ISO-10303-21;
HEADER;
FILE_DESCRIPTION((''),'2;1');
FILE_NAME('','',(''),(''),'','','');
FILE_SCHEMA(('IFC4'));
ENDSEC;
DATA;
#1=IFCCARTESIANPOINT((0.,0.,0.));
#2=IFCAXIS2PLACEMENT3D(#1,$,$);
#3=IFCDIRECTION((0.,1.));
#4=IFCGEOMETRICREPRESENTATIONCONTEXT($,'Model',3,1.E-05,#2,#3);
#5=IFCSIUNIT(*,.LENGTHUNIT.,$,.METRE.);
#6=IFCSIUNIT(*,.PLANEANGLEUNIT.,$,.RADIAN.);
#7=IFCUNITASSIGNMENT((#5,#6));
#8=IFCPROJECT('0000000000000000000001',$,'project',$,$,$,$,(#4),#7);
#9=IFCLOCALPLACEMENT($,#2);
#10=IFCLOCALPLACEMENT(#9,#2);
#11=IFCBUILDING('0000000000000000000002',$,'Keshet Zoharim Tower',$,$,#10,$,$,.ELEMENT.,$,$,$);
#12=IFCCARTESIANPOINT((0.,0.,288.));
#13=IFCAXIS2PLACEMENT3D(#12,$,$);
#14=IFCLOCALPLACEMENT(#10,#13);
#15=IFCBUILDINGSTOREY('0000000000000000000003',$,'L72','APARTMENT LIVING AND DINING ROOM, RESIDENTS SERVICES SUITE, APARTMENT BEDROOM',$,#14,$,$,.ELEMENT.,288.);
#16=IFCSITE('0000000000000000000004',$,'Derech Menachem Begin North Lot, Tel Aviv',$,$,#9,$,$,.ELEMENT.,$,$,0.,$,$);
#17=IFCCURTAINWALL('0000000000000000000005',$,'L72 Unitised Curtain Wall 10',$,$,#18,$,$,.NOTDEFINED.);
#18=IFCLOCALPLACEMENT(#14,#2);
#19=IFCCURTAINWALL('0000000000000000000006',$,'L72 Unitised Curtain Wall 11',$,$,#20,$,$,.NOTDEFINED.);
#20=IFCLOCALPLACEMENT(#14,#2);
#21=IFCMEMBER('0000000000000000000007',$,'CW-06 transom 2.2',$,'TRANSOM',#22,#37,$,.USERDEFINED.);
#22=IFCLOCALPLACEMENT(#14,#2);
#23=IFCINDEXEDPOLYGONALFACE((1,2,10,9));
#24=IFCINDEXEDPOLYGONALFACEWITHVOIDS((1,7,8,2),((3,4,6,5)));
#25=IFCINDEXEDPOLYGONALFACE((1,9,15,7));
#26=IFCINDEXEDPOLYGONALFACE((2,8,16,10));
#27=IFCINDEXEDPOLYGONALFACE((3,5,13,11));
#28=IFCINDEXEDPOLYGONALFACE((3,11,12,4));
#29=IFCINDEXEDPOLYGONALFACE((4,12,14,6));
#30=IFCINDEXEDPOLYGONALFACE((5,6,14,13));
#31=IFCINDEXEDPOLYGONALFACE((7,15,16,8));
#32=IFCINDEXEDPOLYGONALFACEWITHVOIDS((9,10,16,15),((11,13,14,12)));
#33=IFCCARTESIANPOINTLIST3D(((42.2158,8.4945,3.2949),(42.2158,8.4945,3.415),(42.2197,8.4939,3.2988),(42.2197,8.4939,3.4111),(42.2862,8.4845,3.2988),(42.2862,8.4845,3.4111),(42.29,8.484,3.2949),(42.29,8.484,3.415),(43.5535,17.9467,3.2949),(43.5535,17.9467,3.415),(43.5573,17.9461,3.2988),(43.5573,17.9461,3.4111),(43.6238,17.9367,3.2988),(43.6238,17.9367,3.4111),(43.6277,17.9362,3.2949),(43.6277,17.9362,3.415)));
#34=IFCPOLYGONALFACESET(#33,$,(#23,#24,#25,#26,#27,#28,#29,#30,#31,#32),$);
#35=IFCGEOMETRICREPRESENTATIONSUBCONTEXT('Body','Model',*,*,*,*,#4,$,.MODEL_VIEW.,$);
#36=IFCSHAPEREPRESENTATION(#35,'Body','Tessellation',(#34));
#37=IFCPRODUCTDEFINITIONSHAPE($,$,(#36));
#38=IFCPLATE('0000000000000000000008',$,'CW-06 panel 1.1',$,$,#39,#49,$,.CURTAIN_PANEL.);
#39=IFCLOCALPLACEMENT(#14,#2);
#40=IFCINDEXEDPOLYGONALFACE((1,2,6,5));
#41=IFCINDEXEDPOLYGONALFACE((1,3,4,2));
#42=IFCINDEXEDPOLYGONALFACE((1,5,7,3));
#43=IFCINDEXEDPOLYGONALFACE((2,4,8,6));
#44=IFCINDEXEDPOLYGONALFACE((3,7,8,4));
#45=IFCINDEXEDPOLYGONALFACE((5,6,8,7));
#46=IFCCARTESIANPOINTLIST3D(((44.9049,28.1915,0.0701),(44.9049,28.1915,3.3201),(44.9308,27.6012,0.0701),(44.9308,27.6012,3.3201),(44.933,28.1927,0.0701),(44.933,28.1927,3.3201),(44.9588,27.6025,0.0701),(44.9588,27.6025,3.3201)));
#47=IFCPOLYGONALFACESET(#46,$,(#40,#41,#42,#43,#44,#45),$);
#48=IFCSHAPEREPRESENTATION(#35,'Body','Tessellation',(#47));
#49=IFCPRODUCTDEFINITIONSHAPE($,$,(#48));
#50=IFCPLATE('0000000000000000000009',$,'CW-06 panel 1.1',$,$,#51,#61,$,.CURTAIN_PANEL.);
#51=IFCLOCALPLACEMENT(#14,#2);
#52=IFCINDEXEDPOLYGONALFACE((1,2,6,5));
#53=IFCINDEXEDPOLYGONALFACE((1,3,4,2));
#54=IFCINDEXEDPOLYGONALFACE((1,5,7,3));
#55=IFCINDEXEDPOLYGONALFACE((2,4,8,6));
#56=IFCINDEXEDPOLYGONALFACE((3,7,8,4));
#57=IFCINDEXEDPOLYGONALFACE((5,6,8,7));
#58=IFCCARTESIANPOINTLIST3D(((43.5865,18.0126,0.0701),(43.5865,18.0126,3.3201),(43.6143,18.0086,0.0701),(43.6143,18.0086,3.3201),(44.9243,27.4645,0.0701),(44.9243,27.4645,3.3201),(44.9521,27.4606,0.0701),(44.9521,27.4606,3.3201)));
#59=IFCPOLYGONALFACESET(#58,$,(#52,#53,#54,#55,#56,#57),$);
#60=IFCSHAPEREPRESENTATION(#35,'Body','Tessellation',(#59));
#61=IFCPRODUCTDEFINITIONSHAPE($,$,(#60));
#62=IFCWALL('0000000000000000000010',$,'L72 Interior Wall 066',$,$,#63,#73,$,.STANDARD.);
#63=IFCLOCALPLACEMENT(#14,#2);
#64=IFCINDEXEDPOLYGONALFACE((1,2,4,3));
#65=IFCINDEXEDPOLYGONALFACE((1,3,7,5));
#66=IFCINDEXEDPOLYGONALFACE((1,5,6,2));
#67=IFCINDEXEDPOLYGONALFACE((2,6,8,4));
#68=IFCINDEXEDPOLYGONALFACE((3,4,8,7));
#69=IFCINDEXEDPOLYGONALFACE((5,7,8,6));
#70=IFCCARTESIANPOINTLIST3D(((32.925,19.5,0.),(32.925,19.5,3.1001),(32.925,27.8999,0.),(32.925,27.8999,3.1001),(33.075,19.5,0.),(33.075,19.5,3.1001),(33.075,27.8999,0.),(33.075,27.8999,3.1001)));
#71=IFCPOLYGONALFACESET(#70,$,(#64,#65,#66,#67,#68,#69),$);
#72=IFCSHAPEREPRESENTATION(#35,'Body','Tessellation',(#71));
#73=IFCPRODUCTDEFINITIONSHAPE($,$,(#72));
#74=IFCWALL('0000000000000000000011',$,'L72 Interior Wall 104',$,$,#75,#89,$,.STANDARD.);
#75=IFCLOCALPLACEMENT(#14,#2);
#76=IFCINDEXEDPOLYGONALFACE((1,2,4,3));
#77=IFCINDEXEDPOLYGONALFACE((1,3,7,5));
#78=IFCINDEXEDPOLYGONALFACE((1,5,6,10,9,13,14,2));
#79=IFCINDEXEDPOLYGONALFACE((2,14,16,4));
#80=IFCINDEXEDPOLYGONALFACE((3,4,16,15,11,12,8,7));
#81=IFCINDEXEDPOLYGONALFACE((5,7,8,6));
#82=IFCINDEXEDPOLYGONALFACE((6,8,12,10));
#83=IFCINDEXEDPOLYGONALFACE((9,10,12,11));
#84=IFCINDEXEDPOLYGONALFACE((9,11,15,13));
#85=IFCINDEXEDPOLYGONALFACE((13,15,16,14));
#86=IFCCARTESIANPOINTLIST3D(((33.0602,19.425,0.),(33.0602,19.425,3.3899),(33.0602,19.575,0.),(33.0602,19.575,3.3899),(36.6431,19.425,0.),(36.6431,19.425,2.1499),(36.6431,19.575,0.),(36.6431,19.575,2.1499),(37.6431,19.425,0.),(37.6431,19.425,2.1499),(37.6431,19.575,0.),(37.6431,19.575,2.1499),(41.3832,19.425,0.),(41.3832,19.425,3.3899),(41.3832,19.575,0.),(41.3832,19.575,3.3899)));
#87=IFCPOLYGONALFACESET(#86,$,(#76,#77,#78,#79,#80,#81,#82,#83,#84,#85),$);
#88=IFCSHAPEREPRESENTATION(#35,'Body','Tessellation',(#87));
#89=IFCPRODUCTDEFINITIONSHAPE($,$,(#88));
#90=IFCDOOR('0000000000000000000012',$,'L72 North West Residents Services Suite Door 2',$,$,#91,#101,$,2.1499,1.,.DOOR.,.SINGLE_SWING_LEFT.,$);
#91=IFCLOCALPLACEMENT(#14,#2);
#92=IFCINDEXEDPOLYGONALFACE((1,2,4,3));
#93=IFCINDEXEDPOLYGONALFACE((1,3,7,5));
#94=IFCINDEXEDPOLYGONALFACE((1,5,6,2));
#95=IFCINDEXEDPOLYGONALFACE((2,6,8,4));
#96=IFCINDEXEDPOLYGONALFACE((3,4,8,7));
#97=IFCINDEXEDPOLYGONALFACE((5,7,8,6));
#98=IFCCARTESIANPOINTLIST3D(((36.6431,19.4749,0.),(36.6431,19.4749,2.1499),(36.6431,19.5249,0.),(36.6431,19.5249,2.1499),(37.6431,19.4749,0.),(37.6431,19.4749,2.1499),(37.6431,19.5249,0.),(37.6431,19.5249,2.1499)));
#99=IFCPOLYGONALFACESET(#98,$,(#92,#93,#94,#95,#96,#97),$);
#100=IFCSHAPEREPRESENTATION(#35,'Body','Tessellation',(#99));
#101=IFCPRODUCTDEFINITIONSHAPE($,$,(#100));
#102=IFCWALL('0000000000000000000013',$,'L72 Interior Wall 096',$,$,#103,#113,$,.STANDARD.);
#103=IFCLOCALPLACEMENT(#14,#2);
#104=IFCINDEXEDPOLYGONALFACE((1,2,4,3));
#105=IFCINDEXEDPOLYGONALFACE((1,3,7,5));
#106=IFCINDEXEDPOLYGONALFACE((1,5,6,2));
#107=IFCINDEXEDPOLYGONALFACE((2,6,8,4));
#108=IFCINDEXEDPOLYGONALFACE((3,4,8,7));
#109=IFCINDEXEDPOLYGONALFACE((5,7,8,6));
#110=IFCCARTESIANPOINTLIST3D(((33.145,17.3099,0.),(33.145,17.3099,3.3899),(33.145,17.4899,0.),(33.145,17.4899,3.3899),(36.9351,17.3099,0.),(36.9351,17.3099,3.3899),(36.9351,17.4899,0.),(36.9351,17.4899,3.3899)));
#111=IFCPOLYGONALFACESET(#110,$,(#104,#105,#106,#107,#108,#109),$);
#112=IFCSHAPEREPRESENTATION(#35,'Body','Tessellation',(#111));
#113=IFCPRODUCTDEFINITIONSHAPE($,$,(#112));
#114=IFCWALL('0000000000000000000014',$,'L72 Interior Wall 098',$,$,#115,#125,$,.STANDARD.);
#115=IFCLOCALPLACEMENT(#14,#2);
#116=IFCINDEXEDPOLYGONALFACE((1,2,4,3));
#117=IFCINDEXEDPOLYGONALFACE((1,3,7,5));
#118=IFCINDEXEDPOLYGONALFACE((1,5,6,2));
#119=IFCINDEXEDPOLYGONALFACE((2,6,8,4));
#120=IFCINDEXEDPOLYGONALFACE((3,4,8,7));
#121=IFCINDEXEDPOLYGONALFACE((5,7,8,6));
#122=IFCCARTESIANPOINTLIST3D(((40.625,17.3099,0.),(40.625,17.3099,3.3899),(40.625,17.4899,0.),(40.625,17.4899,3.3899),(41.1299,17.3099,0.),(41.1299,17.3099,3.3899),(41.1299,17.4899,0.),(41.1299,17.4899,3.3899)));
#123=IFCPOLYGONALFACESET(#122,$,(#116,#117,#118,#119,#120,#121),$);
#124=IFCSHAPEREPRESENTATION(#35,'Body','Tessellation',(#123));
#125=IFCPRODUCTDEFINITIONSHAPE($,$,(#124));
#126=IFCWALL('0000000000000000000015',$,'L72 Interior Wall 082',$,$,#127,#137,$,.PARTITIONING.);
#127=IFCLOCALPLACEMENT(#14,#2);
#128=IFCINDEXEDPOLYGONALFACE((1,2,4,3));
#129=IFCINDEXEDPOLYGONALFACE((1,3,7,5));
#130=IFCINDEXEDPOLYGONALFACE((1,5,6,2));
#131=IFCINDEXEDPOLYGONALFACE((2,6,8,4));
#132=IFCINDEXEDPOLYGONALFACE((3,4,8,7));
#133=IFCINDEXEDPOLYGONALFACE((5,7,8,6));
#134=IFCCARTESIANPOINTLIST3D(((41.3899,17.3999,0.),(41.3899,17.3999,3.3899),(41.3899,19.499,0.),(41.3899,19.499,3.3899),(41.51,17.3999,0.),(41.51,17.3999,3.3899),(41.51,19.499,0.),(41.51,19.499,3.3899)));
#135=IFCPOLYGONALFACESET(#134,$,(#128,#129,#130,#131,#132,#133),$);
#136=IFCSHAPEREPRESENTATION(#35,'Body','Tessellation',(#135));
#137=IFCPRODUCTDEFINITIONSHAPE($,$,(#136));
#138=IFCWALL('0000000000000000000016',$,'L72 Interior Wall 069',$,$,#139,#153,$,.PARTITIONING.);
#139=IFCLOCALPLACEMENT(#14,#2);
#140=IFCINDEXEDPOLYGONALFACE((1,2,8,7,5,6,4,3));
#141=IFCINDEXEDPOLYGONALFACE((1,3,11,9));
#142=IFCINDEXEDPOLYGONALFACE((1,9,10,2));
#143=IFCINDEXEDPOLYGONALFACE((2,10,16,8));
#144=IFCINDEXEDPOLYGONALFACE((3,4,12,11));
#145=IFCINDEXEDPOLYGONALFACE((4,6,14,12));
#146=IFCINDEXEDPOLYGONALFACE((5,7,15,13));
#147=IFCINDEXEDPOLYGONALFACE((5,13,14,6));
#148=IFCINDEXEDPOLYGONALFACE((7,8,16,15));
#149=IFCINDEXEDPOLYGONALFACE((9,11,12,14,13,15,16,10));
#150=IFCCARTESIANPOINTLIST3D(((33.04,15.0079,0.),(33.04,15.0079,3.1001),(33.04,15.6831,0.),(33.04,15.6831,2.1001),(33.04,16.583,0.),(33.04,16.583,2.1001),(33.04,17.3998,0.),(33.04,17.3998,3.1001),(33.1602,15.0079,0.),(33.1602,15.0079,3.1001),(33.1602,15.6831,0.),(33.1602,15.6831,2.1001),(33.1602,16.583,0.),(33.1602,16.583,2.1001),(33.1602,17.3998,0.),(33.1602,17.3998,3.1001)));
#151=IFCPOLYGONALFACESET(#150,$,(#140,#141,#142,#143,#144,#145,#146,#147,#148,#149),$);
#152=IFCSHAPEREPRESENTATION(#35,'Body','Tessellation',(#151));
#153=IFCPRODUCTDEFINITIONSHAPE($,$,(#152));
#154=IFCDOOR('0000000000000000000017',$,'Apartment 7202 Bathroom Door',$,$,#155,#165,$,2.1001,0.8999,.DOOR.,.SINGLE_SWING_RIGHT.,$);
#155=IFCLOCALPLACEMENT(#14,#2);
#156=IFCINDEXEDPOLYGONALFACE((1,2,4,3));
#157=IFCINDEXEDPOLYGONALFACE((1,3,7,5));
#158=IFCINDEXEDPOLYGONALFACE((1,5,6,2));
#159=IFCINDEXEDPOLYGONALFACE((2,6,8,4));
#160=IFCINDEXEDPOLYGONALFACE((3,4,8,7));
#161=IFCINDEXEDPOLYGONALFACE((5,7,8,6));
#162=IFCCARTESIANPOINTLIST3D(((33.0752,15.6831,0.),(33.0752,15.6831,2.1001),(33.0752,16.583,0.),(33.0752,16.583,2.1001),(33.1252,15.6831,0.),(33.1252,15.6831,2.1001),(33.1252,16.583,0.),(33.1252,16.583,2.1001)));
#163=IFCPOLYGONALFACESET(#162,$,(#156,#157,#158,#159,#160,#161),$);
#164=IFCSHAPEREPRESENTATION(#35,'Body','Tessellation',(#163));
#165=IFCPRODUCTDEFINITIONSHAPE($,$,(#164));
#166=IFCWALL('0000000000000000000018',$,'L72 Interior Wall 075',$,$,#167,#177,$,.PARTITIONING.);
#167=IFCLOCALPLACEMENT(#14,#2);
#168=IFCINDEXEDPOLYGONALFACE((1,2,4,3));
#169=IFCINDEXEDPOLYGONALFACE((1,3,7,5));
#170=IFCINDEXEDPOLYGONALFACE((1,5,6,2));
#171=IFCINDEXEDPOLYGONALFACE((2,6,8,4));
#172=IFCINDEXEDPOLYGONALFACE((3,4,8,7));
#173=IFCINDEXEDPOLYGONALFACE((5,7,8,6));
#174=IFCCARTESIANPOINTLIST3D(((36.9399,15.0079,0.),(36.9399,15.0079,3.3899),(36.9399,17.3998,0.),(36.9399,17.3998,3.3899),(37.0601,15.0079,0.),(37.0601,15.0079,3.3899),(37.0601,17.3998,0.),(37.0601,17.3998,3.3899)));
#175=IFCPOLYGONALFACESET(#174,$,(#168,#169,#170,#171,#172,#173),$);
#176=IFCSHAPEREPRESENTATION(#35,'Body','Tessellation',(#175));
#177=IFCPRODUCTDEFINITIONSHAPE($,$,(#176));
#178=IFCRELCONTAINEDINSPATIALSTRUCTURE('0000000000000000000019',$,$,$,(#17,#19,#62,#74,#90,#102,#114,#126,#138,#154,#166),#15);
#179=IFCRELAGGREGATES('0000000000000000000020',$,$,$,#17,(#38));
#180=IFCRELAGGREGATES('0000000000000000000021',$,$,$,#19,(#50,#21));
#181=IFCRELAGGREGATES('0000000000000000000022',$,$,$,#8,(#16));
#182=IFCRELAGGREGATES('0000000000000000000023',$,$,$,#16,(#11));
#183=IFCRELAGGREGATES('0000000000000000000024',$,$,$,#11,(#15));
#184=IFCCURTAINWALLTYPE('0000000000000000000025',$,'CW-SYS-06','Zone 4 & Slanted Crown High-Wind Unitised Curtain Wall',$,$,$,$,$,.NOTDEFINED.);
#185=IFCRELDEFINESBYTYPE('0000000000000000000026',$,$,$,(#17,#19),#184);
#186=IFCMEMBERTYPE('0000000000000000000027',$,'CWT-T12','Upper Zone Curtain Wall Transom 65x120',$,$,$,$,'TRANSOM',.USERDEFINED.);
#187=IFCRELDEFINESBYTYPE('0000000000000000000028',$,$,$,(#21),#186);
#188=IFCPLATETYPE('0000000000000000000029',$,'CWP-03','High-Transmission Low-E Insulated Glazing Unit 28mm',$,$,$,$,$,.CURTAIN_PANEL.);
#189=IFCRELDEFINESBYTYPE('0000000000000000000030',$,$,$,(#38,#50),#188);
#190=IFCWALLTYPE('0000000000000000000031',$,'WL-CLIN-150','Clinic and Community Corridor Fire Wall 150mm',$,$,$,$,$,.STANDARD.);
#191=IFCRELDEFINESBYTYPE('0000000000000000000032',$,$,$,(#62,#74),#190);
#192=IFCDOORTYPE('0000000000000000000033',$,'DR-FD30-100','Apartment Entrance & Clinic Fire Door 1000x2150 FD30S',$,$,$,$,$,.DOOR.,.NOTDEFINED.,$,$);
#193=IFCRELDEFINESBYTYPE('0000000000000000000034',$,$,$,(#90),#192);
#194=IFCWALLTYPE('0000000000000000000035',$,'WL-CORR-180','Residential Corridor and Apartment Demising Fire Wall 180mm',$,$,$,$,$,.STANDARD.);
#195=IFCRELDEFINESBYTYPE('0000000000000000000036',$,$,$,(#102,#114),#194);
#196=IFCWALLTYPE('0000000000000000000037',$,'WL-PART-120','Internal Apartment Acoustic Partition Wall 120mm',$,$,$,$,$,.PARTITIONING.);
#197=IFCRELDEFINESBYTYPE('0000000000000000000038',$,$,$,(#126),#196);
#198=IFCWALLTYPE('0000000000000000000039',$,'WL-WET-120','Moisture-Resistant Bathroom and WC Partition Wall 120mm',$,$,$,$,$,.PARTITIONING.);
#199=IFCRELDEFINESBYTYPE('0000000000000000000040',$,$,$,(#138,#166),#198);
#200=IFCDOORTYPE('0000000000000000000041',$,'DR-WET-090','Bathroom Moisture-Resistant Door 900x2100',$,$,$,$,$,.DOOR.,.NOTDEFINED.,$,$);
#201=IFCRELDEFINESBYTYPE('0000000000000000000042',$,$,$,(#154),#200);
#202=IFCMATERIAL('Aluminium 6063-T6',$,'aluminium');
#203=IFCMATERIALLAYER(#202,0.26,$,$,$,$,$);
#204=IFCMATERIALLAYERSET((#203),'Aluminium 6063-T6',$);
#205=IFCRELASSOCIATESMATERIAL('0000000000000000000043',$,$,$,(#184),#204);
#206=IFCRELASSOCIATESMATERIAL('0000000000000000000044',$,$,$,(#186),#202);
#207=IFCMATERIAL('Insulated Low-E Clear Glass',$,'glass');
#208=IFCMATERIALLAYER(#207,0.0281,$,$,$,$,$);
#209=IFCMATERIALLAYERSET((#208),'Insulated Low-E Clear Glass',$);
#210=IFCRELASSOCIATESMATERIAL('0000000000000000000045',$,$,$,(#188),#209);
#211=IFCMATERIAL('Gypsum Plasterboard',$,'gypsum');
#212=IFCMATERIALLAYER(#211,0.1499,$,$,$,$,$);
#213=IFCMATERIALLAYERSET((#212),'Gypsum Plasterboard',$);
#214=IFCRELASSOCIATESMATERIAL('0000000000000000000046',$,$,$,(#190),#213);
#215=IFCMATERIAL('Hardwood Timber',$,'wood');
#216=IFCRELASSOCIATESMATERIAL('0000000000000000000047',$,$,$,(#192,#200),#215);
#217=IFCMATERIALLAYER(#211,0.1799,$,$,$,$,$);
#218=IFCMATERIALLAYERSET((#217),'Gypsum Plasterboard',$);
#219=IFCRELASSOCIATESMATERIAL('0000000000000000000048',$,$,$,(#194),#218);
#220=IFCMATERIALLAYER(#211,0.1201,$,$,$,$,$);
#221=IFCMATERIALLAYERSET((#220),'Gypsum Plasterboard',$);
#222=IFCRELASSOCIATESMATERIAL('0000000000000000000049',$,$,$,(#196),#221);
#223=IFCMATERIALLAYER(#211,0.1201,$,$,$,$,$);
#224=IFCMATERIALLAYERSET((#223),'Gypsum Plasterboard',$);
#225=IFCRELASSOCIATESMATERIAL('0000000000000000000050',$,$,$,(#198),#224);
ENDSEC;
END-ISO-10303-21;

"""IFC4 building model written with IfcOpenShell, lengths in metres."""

from ifc_helpers import new_model, si_unit, direction, frame, frame_2d, origin, origin_2d, place, context, subcontext, project, spatial, rectangle, hollow_rectangle, extrude, material, layer, layer_set, material_profile, profile_set, type_object, element, fill, aggregate, save


model = new_model("IFC4")

# Units and contexts
model_context = context("Model", 3, precision=1e-05, world=origin(), true_north=direction((0.0, 1.0)))
body_context = subcontext(model_context, "Body", "Model", "MODEL_VIEW")
ifc_project = project(units=[si_unit("LENGTHUNIT", "METRE"), si_unit("PLANEANGLEUNIT", "RADIAN")], contexts=[model_context])

# Site, building, storey
site_placement = place(None, origin())
site = spatial("IfcSite", under=ifc_project, at=site_placement, Name="Derech Menachem Begin North Lot, Tel Aviv", CompositionType="ELEMENT", RefElevation=0.0)
building_placement = place(site_placement, origin())
building = spatial("IfcBuilding", under=site, at=building_placement, Name="Keshet Zoharim Tower", CompositionType="ELEMENT")
storey_placement = place(building_placement, frame((0.0, 0.0, 288.0)))
storey = spatial("IfcBuildingStorey", under=building, at=storey_placement, Name="L72", Description="APARTMENT LIVING AND DINING ROOM, RESIDENTS SERVICES SUITE, APARTMENT BEDROOM", CompositionType="ELEMENT", Elevation=288.0)

# Curtain wall
ifc_material_1 = material(Name="Aluminium 6063-T6", Category="aluminium")
ifc_layer_1 = layer(ifc_material_1, 0.26)
ifc_layer_set_1 = layer_set([ifc_layer_1], Name="Aluminium 6063-T6")
curtain_wall_type = type_object("IfcCurtainWallType", Name="CW-SYS-06", Description="Zone 4 & Slanted Crown High-Wind Unitised Curtain Wall", PredefinedType="NOTDEFINED", material=ifc_layer_set_1)
curtain_wall_1_placement = place(storey_placement, origin())
curtain_wall_1 = element("IfcCurtainWall", 1, at=curtain_wall_1_placement, inside=storey, type_object=curtain_wall_type, Name="L72 Unitised Curtain Wall 10", PredefinedType="NOTDEFINED")

# Curtain wall, member
curtain_wall_2_placement = place(storey_placement, origin())
curtain_wall_2 = element("IfcCurtainWall", 2, at=curtain_wall_2_placement, inside=storey, type_object=curtain_wall_type, Name="L72 Unitised Curtain Wall 11", PredefinedType="NOTDEFINED")
ifc_material_profile_1 = material_profile(ifc_material_1, hollow_rectangle(XDim=0.075, YDim=0.1201, WallThickness=0.0039, at=origin_2d()), Name="TRN-75x120")
ifc_profile_set_1 = profile_set([ifc_material_profile_1], Name="Aluminium 6063-T6")
member_type_1 = type_object("IfcMemberType", Name="CWT-T12", Description="Upper Zone Curtain Wall Transom 65x120", ElementType="TRANSOM", PredefinedType="USERDEFINED", material=ifc_profile_set_1)
member_1_placement = place(storey_placement, frame((43.5906, 17.9414, 3.355), z_axis=(-0.140122, -0.990134, 0.0), x_axis=(0.990134, -0.140122, 0.0)))
member_1 = element("IfcMember", 3, at=member_1_placement, type_object=member_type_1, Name="CW-06 transom 2.2", ObjectType="TRANSOM", PredefinedType="USERDEFINED", context=body_context, shape_type="SweptSolid", body=[
    extrude(hollow_rectangle(XDim=0.075, YDim=0.1201, WallThickness=0.0039, at=origin_2d()), origin(), (0.0, 0.0, 1.0), 9.5464),
])

# Plates
ifc_material_2 = material(Name="Insulated Low-E Clear Glass", Category="glass")
ifc_layer_2 = layer(ifc_material_2, 0.0281)
ifc_layer_set_2 = layer_set([ifc_layer_2], Name="Insulated Low-E Clear Glass")
plate_type = type_object("IfcPlateType", Name="CWP-03", Description="High-Transmission Low-E Insulated Glazing Unit 28mm", PredefinedType="CURTAIN_PANEL", material=ifc_layer_set_2)
plate_1_placement = place(storey_placement, frame((44.9319, 27.897, 0.0701), z_axis=(0.0, 0.0, 1.0), x_axis=(0.043794, -0.999041, 0.0)))
plate_1 = element("IfcPlate", 4, at=plate_1_placement, type_object=plate_type, Name="CW-06 panel 1.1", PredefinedType="CURTAIN_PANEL", context=body_context, shape_type="SweptSolid", body=[
    extrude(rectangle(XDim=0.5908, YDim=0.0281, at=origin_2d()), origin(), (0.0, 0.0, 1.0), 3.25),
])
aggregate(curtain_wall_1, [plate_1])
plate_2_placement = place(storey_placement, frame((44.2693, 22.7366, 0.0701), z_axis=(0.0, 0.0, 1.0), x_axis=(-0.140137, -0.990132, 0.0)))
plate_2 = element("IfcPlate", 5, at=plate_2_placement, type_object=plate_type, Name="CW-06 panel 1.1", PredefinedType="CURTAIN_PANEL", context=body_context, shape_type="SweptSolid", body=[
    extrude(rectangle(XDim=9.5461, YDim=0.0281, at=origin_2d()), origin(), (0.0, 0.0, 1.0), 3.25),
])
aggregate(curtain_wall_2, [plate_2, member_1])

# Wall
ifc_material_3 = material(Name="Gypsum Plasterboard", Category="gypsum")
ifc_layer_3 = layer(ifc_material_3, 0.1499)
ifc_layer_set_3 = layer_set([ifc_layer_3], Name="Gypsum Plasterboard")
wall_type_1 = type_object("IfcWallType", Name="WL-CLIN-150", Description="Clinic and Community Corridor Fire Wall 150mm", PredefinedType="STANDARD", material=ifc_layer_set_3)
wall_1_placement = place(storey_placement, frame((33.0, 19.5, 0.0), z_axis=(0.0, 0.0, 1.0), x_axis=(0.0, 1.0, 0.0)))
element("IfcWall", 6, at=wall_1_placement, inside=storey, type_object=wall_type_1, Name="L72 Interior Wall 066", PredefinedType="STANDARD", context=body_context, shape_type="SweptSolid", body=[
    extrude(rectangle(XDim=8.3999, YDim=0.1499, at=frame_2d((4.2, 0.0))), origin(), (0.0, 0.0, 1.0), 3.1001),
])

# Wall, opening, door
wall_2_placement = place(storey_placement, frame((33.0601, 19.5, 0.0), z_axis=(0.0, 0.0, 1.0), x_axis=(1.0, 0.0, 0.0)))
wall_2 = element("IfcWall", 7, at=wall_2_placement, inside=storey, type_object=wall_type_1, Name="L72 Interior Wall 104", PredefinedType="STANDARD", context=body_context, shape_type="SweptSolid", body=[
    extrude(rectangle(XDim=8.323, YDim=0.1499, at=frame_2d((4.1616, 0.0))), origin(), (0.0, 0.0, 1.0), 3.3899),
])
opening_1_placement = place(wall_2_placement, frame((3.583, 0.0, 0.0)))
opening_1 = element("IfcOpeningElement", 8, at=opening_1_placement, cuts=wall_2, PredefinedType="OPENING", context=body_context, shape_type="SweptSolid", body=[
    extrude(rectangle(XDim=1.0, YDim=2.1499, at=frame_2d((0.5, 1.075))), frame((0.0, 0.085, 0.0), z_axis=(0.0, -1.0, 0.0), x_axis=(1.0, 0.0, 0.0)), (0.0, 0.0, 1.0), 0.1699),
])
ifc_material_4 = material(Name="Hardwood Timber", Category="wood")
door_type_1 = type_object("IfcDoorType", Name="DR-FD30-100", Description="Apartment Entrance & Clinic Fire Door 1000x2150 FD30S", OperationType="NOTDEFINED", PredefinedType="DOOR", material=ifc_material_4)
door_1_placement = place(opening_1_placement, origin())
door_1 = element("IfcDoor", 9, at=door_1_placement, inside=storey, type_object=door_type_1, Name="L72 North West Residents Services Suite Door 2", OperationType="SINGLE_SWING_LEFT", OverallHeight=2.1499, OverallWidth=1.0, PredefinedType="DOOR", context=body_context, shape_type="SweptSolid", body=[
    extrude(rectangle(XDim=1.0, YDim=2.1499, at=frame_2d((0.5, 1.075))), frame((0.0, 0.0249, 0.0), z_axis=(0.0, -1.0, 0.0), x_axis=(1.0, 0.0, 0.0)), (0.0, 0.0, 1.0), 0.05),
])
fill(opening_1, door_1)

# Wall
ifc_layer_4 = layer(ifc_material_3, 0.1799)
ifc_layer_set_4 = layer_set([ifc_layer_4], Name="Gypsum Plasterboard")
wall_type_2 = type_object("IfcWallType", Name="WL-CORR-180", Description="Residential Corridor and Apartment Demising Fire Wall 180mm", PredefinedType="STANDARD", material=ifc_layer_set_4)
wall_3_placement = place(storey_placement, frame((33.145, 17.3999, 0.0), z_axis=(0.0, 0.0, 1.0), x_axis=(1.0, 0.0, 0.0)))
element("IfcWall", 10, at=wall_3_placement, inside=storey, type_object=wall_type_2, Name="L72 Interior Wall 096", PredefinedType="STANDARD", context=body_context, shape_type="SweptSolid", body=[
    extrude(rectangle(XDim=3.79, YDim=0.1799, at=frame_2d((1.895, 0.0))), origin(), (0.0, 0.0, 1.0), 3.3899),
])

# Walls
wall_4_placement = place(storey_placement, frame((40.625, 17.3999, 0.0), z_axis=(0.0, 0.0, 1.0), x_axis=(1.0, 0.0, 0.0)))
element("IfcWall", 11, at=wall_4_placement, inside=storey, type_object=wall_type_2, Name="L72 Interior Wall 098", PredefinedType="STANDARD", context=body_context, shape_type="SweptSolid", body=[
    extrude(rectangle(XDim=0.5049, YDim=0.1799, at=frame_2d((0.2524, 0.0))), origin(), (0.0, 0.0, 1.0), 3.3899),
])
ifc_layer_5 = layer(ifc_material_3, 0.1201)
ifc_layer_set_5 = layer_set([ifc_layer_5], Name="Gypsum Plasterboard")
wall_type_3 = type_object("IfcWallType", Name="WL-PART-120", Description="Internal Apartment Acoustic Partition Wall 120mm", PredefinedType="PARTITIONING", material=ifc_layer_set_5)
wall_5_placement = place(storey_placement, frame((41.45, 17.3999, 0.0), z_axis=(0.0, 0.0, 1.0), x_axis=(0.0, 1.0, 0.0)))
element("IfcWall", 12, at=wall_5_placement, inside=storey, type_object=wall_type_3, Name="L72 Interior Wall 082", PredefinedType="PARTITIONING", context=body_context, shape_type="SweptSolid", body=[
    extrude(rectangle(XDim=2.0991, YDim=0.1201, at=frame_2d((1.0496, 0.0))), origin(), (0.0, 0.0, 1.0), 3.3899),
])

# Wall, opening, door
ifc_layer_6 = layer(ifc_material_3, 0.1201)
ifc_layer_set_6 = layer_set([ifc_layer_6], Name="Gypsum Plasterboard")
wall_type_4 = type_object("IfcWallType", Name="WL-WET-120", Description="Moisture-Resistant Bathroom and WC Partition Wall 120mm", PredefinedType="PARTITIONING", material=ifc_layer_set_6)
wall_6_placement = place(storey_placement, frame((33.1001, 15.0081, 0.0), z_axis=(0.0, 0.0, 1.0), x_axis=(0.0, 1.0, 0.0)))
wall_6 = element("IfcWall", 13, at=wall_6_placement, inside=storey, type_object=wall_type_4, Name="L72 Interior Wall 069", PredefinedType="PARTITIONING", context=body_context, shape_type="SweptSolid", body=[
    extrude(rectangle(XDim=2.3918, YDim=0.1201, at=frame_2d((1.1958, 0.0))), origin(), (0.0, 0.0, 1.0), 3.1001),
])
opening_2_placement = place(wall_6_placement, frame((0.675, 0.0, 0.0)))
opening_2 = element("IfcOpeningElement", 14, at=opening_2_placement, cuts=wall_6, PredefinedType="OPENING", context=body_context, shape_type="SweptSolid", body=[
    extrude(rectangle(XDim=0.8999, YDim=2.1001, at=frame_2d((0.45, 1.05))), frame((0.0, 0.0701, 0.0), z_axis=(0.0, -1.0, 0.0), x_axis=(1.0, 0.0, 0.0)), (0.0, 0.0, 1.0), 0.1401),
])
door_type_2 = type_object("IfcDoorType", Name="DR-WET-090", Description="Bathroom Moisture-Resistant Door 900x2100", OperationType="NOTDEFINED", PredefinedType="DOOR", material=ifc_material_4)
door_2_placement = place(opening_2_placement, origin())
door_2 = element("IfcDoor", 15, at=door_2_placement, inside=storey, type_object=door_type_2, Name="Apartment 7202 Bathroom Door", OperationType="SINGLE_SWING_RIGHT", OverallHeight=2.1001, OverallWidth=0.8999, PredefinedType="DOOR", context=body_context, shape_type="SweptSolid", body=[
    extrude(rectangle(XDim=0.8999, YDim=2.1001, at=frame_2d((0.45, 1.05))), frame((0.0, 0.0249, 0.0), z_axis=(0.0, -1.0, 0.0), x_axis=(1.0, 0.0, 0.0)), (0.0, 0.0, 1.0), 0.05),
])
fill(opening_2, door_2)

# Wall
wall_7_placement = place(storey_placement, frame((37.0, 15.0081, 0.0), z_axis=(0.0, 0.0, 1.0), x_axis=(0.0, 1.0, 0.0)))
element("IfcWall", 16, at=wall_7_placement, inside=storey, type_object=wall_type_4, Name="L72 Interior Wall 075", PredefinedType="PARTITIONING", context=body_context, shape_type="SweptSolid", body=[
    extrude(rectangle(XDim=2.3918, YDim=0.1201, at=frame_2d((1.1958, 0.0))), origin(), (0.0, 0.0, 1.0), 3.3899),
])

save(model, "model.ifc")
